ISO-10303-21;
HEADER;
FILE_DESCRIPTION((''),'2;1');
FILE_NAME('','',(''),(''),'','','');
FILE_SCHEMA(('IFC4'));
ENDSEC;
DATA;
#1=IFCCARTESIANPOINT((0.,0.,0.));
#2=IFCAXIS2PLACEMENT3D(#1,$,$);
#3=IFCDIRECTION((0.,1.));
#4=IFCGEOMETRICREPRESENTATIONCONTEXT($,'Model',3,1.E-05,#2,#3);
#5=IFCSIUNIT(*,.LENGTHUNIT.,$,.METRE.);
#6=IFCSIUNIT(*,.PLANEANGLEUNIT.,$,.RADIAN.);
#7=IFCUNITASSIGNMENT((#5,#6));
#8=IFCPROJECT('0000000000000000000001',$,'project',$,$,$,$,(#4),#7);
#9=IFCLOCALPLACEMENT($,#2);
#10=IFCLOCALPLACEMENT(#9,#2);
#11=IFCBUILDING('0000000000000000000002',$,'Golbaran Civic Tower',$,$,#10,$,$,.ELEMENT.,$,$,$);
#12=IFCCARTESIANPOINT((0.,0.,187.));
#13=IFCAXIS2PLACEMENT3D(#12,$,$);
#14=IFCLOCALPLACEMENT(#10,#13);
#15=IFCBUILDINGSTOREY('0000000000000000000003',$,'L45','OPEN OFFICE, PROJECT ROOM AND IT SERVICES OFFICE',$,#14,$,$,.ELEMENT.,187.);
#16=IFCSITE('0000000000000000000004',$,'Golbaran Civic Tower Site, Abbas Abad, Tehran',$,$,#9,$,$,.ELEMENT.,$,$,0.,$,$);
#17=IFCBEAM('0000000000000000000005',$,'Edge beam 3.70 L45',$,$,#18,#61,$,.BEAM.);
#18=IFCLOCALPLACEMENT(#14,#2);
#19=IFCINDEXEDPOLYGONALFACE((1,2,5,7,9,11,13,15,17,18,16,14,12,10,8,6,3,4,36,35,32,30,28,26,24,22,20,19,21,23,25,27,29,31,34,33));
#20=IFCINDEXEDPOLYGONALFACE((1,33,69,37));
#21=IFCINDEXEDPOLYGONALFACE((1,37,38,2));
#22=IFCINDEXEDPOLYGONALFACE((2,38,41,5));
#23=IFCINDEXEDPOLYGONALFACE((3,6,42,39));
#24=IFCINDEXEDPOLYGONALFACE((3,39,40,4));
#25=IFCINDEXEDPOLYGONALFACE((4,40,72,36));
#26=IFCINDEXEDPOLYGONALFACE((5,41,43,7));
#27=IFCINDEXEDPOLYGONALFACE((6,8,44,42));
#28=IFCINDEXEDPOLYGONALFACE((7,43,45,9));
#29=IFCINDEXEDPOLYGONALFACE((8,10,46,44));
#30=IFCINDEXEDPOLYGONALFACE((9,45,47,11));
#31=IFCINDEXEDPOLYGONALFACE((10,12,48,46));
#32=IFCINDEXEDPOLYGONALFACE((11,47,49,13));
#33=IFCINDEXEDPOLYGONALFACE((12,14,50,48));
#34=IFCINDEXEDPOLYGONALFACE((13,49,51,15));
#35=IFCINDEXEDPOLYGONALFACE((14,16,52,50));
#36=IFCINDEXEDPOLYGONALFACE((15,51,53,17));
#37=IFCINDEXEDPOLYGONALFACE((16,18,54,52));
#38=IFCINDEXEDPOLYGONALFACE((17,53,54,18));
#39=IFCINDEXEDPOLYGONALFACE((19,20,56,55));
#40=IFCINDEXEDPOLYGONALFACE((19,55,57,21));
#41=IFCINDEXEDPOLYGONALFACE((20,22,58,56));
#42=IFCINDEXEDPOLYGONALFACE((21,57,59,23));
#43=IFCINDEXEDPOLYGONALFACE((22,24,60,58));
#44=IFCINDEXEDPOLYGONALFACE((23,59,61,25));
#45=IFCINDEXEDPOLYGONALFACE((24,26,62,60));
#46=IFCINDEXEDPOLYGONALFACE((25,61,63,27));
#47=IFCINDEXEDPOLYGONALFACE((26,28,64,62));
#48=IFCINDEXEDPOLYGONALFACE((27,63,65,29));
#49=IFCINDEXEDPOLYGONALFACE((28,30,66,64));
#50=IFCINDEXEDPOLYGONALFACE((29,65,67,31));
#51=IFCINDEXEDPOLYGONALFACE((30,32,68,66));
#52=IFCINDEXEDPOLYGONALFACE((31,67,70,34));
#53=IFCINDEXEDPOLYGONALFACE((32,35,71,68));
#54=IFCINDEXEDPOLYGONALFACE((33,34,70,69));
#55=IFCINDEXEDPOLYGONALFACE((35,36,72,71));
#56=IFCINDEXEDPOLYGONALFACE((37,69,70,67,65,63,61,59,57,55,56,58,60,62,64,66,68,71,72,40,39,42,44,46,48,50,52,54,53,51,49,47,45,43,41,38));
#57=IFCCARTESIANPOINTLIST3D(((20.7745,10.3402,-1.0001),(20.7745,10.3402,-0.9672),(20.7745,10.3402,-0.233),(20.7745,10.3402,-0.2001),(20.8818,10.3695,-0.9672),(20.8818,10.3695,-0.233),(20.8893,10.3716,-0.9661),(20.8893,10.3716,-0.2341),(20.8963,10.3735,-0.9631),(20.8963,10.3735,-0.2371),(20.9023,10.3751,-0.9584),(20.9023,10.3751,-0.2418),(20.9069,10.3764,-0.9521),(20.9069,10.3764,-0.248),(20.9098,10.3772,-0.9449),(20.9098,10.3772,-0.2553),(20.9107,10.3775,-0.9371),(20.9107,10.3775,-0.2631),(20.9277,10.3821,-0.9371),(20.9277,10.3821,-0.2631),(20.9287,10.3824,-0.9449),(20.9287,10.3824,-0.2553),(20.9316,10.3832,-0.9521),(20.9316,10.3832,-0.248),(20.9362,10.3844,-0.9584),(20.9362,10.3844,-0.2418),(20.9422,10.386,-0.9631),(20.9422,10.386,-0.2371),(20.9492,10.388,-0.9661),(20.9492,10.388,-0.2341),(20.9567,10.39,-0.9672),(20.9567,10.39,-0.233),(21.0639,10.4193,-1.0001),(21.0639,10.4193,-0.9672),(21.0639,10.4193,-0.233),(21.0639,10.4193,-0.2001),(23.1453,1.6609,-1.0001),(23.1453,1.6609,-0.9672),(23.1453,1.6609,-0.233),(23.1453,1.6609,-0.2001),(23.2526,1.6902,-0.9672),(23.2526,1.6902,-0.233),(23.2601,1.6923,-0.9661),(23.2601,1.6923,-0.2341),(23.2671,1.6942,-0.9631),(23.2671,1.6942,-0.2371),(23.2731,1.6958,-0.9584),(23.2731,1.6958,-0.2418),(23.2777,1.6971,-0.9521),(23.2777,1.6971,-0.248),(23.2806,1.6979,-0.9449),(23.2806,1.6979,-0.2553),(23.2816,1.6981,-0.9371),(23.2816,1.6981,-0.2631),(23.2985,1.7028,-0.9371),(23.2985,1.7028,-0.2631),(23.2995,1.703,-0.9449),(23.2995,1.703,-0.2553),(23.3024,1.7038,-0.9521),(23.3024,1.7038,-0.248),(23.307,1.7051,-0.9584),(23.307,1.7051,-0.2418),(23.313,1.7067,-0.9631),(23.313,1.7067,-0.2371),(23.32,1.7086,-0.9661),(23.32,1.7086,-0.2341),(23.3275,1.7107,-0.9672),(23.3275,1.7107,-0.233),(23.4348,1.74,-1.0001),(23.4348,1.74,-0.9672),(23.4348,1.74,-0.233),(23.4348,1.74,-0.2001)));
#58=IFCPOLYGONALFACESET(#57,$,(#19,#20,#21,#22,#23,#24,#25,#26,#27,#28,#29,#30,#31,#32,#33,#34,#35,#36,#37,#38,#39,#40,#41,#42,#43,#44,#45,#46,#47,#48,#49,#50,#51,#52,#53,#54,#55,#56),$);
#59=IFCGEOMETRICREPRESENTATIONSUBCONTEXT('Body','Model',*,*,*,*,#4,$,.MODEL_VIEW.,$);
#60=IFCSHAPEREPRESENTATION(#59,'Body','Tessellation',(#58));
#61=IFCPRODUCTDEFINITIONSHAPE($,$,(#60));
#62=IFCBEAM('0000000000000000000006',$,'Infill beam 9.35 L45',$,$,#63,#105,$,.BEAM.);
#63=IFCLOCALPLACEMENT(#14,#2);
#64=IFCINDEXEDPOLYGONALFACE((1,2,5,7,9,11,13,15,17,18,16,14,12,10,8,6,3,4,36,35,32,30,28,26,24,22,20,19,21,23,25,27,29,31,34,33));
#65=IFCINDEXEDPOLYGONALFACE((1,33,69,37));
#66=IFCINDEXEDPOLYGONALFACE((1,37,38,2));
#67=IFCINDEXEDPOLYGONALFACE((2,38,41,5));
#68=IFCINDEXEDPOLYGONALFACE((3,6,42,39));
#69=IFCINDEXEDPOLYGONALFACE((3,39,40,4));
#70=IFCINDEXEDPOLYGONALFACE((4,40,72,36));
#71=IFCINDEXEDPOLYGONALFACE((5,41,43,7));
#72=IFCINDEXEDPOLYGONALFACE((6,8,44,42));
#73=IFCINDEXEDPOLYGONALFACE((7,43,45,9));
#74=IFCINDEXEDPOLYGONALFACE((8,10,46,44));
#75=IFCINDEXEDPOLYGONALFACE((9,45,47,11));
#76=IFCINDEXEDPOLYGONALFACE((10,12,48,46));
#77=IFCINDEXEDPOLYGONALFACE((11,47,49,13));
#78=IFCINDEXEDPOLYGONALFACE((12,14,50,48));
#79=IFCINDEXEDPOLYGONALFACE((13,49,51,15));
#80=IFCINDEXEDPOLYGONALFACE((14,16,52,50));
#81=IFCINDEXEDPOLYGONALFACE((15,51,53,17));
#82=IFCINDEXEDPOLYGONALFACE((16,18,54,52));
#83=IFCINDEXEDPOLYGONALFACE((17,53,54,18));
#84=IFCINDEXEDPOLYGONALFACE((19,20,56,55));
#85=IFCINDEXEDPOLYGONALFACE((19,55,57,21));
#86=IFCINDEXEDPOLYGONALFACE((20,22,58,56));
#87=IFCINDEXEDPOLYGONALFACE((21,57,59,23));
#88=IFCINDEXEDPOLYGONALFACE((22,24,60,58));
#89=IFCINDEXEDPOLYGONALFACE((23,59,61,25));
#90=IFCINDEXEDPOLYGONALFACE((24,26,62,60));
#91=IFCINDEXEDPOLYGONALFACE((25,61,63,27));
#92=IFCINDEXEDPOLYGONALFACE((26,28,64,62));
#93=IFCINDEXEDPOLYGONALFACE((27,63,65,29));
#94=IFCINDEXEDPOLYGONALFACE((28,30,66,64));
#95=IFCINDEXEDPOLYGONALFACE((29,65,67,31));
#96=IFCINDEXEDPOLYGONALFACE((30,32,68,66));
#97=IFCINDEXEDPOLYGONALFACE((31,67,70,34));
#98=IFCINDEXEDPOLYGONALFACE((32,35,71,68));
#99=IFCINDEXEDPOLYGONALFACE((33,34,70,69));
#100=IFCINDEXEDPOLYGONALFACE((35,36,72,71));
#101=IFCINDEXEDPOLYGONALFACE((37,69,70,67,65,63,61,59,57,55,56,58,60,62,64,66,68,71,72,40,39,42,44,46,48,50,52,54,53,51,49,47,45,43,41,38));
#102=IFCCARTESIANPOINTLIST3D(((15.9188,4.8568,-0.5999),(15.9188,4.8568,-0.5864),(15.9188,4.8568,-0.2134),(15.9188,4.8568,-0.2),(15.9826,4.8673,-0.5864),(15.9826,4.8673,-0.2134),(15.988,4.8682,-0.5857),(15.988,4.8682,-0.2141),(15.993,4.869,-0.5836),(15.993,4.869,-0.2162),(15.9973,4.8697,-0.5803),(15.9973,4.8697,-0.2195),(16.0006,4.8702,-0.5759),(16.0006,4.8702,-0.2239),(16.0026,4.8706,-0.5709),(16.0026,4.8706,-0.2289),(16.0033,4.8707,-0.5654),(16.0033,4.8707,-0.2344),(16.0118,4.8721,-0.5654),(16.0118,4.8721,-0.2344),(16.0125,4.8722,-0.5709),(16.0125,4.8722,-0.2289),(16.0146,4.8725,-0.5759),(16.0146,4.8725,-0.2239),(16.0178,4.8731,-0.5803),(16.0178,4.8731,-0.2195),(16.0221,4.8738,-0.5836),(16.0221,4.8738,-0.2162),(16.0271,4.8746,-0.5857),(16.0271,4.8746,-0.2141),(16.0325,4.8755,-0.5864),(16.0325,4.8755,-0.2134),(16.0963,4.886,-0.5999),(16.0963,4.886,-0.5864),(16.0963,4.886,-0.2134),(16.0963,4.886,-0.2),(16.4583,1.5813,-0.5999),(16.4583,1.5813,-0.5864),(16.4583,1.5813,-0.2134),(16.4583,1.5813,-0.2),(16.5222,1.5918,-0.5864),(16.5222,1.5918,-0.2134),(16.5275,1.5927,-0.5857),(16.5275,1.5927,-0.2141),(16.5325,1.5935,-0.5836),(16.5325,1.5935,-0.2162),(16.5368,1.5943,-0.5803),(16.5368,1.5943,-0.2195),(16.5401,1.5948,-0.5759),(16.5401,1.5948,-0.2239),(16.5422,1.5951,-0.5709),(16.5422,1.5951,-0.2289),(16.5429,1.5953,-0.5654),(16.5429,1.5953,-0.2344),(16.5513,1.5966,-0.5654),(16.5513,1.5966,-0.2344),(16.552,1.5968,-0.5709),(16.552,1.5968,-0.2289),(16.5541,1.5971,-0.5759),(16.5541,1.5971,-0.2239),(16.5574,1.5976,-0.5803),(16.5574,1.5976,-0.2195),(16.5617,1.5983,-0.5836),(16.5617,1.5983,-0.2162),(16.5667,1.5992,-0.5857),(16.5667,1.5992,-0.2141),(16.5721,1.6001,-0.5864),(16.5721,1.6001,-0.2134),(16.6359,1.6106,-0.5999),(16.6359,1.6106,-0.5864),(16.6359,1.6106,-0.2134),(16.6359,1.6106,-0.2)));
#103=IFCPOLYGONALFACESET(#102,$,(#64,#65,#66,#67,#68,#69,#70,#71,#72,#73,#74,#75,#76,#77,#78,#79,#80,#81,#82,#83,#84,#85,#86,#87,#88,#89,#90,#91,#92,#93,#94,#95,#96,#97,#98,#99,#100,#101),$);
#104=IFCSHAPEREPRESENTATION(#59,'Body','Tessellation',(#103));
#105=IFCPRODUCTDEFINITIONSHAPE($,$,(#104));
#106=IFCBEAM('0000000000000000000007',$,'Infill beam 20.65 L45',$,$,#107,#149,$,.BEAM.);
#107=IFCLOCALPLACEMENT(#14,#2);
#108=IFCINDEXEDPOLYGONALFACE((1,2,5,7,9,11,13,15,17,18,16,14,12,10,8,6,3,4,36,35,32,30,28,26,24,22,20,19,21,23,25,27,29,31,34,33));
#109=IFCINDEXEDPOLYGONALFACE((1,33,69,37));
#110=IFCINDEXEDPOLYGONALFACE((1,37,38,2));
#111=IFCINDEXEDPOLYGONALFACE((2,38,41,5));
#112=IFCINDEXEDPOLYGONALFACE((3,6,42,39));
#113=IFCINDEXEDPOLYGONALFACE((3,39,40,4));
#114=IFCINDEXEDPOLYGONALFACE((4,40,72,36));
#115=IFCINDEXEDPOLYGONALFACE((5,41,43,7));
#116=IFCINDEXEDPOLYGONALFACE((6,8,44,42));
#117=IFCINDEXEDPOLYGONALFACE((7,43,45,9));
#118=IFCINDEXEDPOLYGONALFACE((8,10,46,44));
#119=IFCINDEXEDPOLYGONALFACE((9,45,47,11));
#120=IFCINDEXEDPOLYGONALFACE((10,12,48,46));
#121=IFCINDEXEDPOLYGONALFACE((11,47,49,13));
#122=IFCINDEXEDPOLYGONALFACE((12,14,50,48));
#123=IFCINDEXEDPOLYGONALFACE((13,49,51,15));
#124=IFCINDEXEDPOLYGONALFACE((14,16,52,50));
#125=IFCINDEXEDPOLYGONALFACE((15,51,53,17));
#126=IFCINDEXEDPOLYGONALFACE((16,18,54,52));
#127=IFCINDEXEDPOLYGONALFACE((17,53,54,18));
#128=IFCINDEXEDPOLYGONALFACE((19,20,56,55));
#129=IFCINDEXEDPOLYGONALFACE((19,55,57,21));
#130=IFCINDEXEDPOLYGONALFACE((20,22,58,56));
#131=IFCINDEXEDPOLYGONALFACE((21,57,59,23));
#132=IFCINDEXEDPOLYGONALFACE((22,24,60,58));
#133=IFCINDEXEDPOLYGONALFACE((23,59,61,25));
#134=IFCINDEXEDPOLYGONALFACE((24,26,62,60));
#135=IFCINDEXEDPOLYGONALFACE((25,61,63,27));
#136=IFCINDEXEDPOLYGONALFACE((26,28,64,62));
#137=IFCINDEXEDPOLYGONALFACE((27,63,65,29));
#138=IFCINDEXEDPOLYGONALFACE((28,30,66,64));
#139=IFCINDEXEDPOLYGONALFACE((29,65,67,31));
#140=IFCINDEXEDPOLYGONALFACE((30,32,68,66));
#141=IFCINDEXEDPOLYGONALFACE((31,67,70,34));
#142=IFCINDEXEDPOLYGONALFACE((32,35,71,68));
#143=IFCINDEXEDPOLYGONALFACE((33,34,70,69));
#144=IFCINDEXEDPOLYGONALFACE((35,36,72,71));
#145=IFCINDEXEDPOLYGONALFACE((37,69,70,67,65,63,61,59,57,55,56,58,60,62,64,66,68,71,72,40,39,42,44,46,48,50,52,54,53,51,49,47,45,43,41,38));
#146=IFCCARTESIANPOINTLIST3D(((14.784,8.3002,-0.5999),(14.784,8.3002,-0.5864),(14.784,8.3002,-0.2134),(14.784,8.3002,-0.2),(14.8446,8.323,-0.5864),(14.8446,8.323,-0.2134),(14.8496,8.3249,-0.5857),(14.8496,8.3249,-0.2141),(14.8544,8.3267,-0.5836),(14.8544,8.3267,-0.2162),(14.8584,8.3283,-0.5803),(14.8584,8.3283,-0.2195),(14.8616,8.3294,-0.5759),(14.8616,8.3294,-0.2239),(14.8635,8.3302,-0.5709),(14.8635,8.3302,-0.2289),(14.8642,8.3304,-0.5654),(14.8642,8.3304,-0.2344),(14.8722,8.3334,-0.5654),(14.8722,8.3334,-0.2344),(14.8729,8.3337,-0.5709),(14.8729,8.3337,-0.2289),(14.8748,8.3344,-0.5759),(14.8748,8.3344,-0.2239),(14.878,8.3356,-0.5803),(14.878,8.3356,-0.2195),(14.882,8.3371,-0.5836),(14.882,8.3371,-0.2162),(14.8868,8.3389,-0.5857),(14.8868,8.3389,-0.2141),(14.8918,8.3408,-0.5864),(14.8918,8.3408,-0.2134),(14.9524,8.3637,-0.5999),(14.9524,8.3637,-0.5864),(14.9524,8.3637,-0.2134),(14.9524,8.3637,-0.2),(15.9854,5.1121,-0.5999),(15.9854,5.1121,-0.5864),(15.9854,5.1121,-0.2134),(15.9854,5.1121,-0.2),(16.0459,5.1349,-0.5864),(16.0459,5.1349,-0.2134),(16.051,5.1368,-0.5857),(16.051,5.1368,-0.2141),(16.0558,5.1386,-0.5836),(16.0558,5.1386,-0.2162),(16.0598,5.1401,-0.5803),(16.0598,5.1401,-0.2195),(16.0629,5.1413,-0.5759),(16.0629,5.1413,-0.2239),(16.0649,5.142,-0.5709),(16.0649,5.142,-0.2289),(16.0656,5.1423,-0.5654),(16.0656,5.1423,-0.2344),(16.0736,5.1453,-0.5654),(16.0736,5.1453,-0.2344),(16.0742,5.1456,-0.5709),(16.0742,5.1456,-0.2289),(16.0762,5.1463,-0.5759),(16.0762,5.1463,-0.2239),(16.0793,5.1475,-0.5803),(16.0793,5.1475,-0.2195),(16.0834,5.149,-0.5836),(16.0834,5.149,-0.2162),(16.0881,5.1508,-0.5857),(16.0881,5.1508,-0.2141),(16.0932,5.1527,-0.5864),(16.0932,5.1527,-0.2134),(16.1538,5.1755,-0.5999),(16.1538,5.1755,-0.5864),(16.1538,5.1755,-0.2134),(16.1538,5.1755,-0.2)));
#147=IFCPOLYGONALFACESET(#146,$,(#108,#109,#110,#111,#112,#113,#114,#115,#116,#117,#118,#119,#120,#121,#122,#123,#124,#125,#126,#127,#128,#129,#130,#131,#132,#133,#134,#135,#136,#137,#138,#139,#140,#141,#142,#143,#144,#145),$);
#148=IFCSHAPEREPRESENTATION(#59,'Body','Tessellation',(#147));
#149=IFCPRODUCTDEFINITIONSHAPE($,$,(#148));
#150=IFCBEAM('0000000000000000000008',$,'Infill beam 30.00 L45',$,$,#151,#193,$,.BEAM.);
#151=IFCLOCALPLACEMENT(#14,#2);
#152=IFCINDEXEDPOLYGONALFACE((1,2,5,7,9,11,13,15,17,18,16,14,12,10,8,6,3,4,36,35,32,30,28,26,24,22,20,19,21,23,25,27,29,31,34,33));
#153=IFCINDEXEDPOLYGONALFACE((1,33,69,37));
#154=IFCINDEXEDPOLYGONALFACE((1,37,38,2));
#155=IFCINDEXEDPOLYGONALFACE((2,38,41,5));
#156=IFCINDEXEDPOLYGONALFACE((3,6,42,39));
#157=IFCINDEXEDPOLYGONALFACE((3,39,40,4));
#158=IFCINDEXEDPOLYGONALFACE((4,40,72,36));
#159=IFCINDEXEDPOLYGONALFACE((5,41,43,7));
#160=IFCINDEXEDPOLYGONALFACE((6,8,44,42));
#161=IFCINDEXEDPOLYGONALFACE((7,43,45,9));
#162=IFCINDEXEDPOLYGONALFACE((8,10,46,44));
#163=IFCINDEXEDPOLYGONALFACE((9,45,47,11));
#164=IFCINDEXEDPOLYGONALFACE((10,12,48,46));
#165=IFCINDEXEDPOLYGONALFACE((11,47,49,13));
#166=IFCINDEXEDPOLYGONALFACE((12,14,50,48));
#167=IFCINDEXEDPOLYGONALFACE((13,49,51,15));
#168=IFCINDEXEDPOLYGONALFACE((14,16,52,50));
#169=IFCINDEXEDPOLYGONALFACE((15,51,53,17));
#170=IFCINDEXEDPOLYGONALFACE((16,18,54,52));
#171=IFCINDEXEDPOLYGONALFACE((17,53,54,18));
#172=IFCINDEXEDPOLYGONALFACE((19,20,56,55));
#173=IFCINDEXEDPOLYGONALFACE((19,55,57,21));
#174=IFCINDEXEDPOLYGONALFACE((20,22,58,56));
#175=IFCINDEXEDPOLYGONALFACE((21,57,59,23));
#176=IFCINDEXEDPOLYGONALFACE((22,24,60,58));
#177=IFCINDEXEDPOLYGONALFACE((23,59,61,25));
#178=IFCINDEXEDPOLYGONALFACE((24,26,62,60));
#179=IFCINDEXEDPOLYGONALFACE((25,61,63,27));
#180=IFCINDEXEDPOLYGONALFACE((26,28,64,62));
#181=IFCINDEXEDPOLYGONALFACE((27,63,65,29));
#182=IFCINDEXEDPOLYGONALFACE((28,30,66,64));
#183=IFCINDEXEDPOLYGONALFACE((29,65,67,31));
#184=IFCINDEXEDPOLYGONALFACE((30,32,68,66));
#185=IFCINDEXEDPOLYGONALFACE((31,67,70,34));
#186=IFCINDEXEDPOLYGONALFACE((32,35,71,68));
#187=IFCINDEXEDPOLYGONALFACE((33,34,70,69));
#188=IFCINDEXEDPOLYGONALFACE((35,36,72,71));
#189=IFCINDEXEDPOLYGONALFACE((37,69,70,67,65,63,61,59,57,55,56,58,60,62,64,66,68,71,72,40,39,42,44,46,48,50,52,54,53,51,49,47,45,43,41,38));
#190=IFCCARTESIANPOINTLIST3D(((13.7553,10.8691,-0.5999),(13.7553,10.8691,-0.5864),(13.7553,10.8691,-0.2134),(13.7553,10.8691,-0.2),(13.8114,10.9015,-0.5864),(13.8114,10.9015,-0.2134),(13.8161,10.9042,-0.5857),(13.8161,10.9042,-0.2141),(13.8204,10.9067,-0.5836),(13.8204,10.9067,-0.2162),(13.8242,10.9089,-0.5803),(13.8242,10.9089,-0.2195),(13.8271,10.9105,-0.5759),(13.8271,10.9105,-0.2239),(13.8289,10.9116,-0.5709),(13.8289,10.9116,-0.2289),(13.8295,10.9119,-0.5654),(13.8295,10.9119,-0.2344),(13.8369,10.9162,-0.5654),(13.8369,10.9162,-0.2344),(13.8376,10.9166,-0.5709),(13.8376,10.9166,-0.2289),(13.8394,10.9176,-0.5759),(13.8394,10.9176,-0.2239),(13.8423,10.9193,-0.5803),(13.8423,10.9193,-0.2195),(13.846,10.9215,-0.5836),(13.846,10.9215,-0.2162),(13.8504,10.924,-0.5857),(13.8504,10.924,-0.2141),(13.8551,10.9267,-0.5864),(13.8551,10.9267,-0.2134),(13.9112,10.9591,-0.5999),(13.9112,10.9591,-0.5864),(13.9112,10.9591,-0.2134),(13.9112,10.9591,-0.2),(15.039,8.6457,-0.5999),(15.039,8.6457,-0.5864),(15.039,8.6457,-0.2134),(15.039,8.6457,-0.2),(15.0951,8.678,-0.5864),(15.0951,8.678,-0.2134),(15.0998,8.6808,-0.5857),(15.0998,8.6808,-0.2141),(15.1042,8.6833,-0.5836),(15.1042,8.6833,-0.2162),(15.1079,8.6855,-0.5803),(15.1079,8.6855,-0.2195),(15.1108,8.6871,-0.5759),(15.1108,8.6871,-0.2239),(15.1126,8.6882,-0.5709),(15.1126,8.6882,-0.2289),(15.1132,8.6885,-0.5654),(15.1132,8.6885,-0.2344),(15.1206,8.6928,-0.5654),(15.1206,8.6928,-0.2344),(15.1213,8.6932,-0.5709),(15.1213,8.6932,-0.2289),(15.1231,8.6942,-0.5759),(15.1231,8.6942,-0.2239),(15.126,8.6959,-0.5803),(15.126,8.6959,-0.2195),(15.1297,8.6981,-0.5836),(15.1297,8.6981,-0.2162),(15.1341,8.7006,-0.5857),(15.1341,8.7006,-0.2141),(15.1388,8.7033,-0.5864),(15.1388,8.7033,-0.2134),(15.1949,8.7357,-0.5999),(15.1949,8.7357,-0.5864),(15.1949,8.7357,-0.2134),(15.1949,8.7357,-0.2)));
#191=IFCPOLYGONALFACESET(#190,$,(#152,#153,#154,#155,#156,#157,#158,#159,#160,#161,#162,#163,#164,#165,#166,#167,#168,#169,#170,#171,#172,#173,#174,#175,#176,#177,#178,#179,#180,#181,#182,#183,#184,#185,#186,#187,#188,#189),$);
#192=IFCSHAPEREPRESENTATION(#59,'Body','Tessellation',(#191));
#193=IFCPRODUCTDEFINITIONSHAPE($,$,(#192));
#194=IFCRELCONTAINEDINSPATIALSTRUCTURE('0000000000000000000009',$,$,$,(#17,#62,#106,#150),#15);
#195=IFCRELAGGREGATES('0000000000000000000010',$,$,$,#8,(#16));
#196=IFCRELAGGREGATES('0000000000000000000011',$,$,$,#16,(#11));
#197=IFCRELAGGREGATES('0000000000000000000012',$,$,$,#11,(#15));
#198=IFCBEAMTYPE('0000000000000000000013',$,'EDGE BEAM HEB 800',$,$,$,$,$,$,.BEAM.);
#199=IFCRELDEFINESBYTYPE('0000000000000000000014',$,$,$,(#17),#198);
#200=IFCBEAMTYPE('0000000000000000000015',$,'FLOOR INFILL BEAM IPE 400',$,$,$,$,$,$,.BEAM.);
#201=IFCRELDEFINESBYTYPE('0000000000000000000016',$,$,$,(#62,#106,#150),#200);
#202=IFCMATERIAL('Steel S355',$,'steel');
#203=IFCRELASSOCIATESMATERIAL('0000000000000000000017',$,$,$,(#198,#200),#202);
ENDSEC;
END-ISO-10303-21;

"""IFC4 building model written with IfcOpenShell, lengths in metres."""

from ifc_helpers import new_model, si_unit, direction, frame, origin, origin_2d, place, context, subcontext, project, spatial, i_section, extrude, material, material_profile, profile_set, type_object, element, save


model = new_model("IFC4")

# Units and contexts
model_context = context("Model", 3, precision=1e-05, world=origin(), true_north=direction((0.0, 1.0)))
body_context = subcontext(model_context, "Body", "Model", "MODEL_VIEW")
ifc_project = project(units=[si_unit("LENGTHUNIT", "METRE"), si_unit("PLANEANGLEUNIT", "RADIAN")], contexts=[model_context])

# Site, building, storey
site_placement = place(None, origin())
site = spatial("IfcSite", under=ifc_project, at=site_placement, Name="Golbaran Civic Tower Site, Abbas Abad, Tehran", CompositionType="ELEMENT", RefElevation=0.0)
building_placement = place(site_placement, origin())
building = spatial("IfcBuilding", under=site, at=building_placement, Name="Golbaran Civic Tower", CompositionType="ELEMENT")
storey_placement = place(building_placement, frame((0.0, 0.0, 187.0)))
storey = spatial("IfcBuildingStorey", under=building, at=storey_placement, Name="L45", Description="OPEN OFFICE, PROJECT ROOM AND IT SERVICES OFFICE", CompositionType="ELEMENT", Elevation=187.0)

# Beams
ifc_material_1 = material(Name="Steel S355", Category="steel")
ifc_material_profile_1 = material_profile(ifc_material_1, i_section(OverallWidth=0.3, OverallDepth=0.8, WebThickness=0.0176, FlangeThickness=0.033, FilletRadius=0.03, at=origin_2d()), Name="HEB 800")
ifc_profile_set_1 = profile_set([ifc_material_profile_1], Name="Steel S355")
beam_type_1 = type_object("IfcBeamType", Name="EDGE BEAM HEB 800", PredefinedType="BEAM", material=ifc_profile_set_1)
beam_1_placement = place(storey_placement, frame((23.29, 1.7004, -0.6001), z_axis=(-0.263503, 0.964659, 0.0), x_axis=(-0.964659, -0.263503, 0.0)))
element("IfcBeam", 1, at=beam_1_placement, inside=storey, type_object=beam_type_1, Name="Edge beam 3.70 L45", PredefinedType="BEAM", context=body_context, shape_type="SweptSolid", body=[
    extrude(i_section(OverallWidth=0.3, OverallDepth=0.8, WebThickness=0.0176, FlangeThickness=0.033, FilletRadius=0.03, at=origin_2d()), origin(), (0.0, 0.0, 1.0), 8.9973),
])
ifc_material_profile_2 = material_profile(ifc_material_1, i_section(OverallWidth=0.1799, OverallDepth=0.3999, WebThickness=0.0085, FlangeThickness=0.0134, FilletRadius=0.021, at=origin_2d()), Name="IPE 400")
ifc_profile_set_2 = profile_set([ifc_material_profile_2], Name="Steel S355")
beam_type_2 = type_object("IfcBeamType", Name="FLOOR INFILL BEAM IPE 400", PredefinedType="BEAM", material=ifc_profile_set_2)
beam_2_placement = place(storey_placement, frame((16.5471, 1.5959, -0.3999), z_axis=(-0.162538, 0.986702, 0.0), x_axis=(-0.986702, -0.162538, 0.0)))
element("IfcBeam", 2, at=beam_2_placement, inside=storey, type_object=beam_type_2, Name="Infill beam 9.35 L45", PredefinedType="BEAM", context=body_context, shape_type="SweptSolid", body=[
    extrude(i_section(OverallWidth=0.1799, OverallDepth=0.3999, WebThickness=0.0085, FlangeThickness=0.0134, FilletRadius=0.021, at=origin_2d()), origin(), (0.0, 0.0, 1.0), 3.3196),
])
beam_3_placement = place(storey_placement, frame((16.0696, 5.1438, -0.3999), z_axis=(-0.352623, 0.935766, 0.0), x_axis=(-0.935766, -0.352623, 0.0)))
element("IfcBeam", 3, at=beam_3_placement, inside=storey, type_object=beam_type_2, Name="Infill beam 20.65 L45", PredefinedType="BEAM", context=body_context, shape_type="SweptSolid", body=[
    extrude(i_section(OverallWidth=0.1799, OverallDepth=0.3999, WebThickness=0.0085, FlangeThickness=0.0134, FilletRadius=0.021, at=origin_2d()), origin(), (0.0, 0.0, 1.0), 3.407),
])
beam_4_placement = place(storey_placement, frame((15.1169, 8.6907, -0.3999), z_axis=(-0.500005, 0.866022, 0.0), x_axis=(-0.866022, -0.500005, 0.0)))
element("IfcBeam", 4, at=beam_4_placement, inside=storey, type_object=beam_type_2, Name="Infill beam 30.00 L45", PredefinedType="BEAM", context=body_context, shape_type="SweptSolid", body=[
    extrude(i_section(OverallWidth=0.1799, OverallDepth=0.3999, WebThickness=0.0085, FlangeThickness=0.0134, FilletRadius=0.021, at=origin_2d()), origin(), (0.0, 0.0, 1.0), 2.5674),
])

save(model, "model.ifc")
